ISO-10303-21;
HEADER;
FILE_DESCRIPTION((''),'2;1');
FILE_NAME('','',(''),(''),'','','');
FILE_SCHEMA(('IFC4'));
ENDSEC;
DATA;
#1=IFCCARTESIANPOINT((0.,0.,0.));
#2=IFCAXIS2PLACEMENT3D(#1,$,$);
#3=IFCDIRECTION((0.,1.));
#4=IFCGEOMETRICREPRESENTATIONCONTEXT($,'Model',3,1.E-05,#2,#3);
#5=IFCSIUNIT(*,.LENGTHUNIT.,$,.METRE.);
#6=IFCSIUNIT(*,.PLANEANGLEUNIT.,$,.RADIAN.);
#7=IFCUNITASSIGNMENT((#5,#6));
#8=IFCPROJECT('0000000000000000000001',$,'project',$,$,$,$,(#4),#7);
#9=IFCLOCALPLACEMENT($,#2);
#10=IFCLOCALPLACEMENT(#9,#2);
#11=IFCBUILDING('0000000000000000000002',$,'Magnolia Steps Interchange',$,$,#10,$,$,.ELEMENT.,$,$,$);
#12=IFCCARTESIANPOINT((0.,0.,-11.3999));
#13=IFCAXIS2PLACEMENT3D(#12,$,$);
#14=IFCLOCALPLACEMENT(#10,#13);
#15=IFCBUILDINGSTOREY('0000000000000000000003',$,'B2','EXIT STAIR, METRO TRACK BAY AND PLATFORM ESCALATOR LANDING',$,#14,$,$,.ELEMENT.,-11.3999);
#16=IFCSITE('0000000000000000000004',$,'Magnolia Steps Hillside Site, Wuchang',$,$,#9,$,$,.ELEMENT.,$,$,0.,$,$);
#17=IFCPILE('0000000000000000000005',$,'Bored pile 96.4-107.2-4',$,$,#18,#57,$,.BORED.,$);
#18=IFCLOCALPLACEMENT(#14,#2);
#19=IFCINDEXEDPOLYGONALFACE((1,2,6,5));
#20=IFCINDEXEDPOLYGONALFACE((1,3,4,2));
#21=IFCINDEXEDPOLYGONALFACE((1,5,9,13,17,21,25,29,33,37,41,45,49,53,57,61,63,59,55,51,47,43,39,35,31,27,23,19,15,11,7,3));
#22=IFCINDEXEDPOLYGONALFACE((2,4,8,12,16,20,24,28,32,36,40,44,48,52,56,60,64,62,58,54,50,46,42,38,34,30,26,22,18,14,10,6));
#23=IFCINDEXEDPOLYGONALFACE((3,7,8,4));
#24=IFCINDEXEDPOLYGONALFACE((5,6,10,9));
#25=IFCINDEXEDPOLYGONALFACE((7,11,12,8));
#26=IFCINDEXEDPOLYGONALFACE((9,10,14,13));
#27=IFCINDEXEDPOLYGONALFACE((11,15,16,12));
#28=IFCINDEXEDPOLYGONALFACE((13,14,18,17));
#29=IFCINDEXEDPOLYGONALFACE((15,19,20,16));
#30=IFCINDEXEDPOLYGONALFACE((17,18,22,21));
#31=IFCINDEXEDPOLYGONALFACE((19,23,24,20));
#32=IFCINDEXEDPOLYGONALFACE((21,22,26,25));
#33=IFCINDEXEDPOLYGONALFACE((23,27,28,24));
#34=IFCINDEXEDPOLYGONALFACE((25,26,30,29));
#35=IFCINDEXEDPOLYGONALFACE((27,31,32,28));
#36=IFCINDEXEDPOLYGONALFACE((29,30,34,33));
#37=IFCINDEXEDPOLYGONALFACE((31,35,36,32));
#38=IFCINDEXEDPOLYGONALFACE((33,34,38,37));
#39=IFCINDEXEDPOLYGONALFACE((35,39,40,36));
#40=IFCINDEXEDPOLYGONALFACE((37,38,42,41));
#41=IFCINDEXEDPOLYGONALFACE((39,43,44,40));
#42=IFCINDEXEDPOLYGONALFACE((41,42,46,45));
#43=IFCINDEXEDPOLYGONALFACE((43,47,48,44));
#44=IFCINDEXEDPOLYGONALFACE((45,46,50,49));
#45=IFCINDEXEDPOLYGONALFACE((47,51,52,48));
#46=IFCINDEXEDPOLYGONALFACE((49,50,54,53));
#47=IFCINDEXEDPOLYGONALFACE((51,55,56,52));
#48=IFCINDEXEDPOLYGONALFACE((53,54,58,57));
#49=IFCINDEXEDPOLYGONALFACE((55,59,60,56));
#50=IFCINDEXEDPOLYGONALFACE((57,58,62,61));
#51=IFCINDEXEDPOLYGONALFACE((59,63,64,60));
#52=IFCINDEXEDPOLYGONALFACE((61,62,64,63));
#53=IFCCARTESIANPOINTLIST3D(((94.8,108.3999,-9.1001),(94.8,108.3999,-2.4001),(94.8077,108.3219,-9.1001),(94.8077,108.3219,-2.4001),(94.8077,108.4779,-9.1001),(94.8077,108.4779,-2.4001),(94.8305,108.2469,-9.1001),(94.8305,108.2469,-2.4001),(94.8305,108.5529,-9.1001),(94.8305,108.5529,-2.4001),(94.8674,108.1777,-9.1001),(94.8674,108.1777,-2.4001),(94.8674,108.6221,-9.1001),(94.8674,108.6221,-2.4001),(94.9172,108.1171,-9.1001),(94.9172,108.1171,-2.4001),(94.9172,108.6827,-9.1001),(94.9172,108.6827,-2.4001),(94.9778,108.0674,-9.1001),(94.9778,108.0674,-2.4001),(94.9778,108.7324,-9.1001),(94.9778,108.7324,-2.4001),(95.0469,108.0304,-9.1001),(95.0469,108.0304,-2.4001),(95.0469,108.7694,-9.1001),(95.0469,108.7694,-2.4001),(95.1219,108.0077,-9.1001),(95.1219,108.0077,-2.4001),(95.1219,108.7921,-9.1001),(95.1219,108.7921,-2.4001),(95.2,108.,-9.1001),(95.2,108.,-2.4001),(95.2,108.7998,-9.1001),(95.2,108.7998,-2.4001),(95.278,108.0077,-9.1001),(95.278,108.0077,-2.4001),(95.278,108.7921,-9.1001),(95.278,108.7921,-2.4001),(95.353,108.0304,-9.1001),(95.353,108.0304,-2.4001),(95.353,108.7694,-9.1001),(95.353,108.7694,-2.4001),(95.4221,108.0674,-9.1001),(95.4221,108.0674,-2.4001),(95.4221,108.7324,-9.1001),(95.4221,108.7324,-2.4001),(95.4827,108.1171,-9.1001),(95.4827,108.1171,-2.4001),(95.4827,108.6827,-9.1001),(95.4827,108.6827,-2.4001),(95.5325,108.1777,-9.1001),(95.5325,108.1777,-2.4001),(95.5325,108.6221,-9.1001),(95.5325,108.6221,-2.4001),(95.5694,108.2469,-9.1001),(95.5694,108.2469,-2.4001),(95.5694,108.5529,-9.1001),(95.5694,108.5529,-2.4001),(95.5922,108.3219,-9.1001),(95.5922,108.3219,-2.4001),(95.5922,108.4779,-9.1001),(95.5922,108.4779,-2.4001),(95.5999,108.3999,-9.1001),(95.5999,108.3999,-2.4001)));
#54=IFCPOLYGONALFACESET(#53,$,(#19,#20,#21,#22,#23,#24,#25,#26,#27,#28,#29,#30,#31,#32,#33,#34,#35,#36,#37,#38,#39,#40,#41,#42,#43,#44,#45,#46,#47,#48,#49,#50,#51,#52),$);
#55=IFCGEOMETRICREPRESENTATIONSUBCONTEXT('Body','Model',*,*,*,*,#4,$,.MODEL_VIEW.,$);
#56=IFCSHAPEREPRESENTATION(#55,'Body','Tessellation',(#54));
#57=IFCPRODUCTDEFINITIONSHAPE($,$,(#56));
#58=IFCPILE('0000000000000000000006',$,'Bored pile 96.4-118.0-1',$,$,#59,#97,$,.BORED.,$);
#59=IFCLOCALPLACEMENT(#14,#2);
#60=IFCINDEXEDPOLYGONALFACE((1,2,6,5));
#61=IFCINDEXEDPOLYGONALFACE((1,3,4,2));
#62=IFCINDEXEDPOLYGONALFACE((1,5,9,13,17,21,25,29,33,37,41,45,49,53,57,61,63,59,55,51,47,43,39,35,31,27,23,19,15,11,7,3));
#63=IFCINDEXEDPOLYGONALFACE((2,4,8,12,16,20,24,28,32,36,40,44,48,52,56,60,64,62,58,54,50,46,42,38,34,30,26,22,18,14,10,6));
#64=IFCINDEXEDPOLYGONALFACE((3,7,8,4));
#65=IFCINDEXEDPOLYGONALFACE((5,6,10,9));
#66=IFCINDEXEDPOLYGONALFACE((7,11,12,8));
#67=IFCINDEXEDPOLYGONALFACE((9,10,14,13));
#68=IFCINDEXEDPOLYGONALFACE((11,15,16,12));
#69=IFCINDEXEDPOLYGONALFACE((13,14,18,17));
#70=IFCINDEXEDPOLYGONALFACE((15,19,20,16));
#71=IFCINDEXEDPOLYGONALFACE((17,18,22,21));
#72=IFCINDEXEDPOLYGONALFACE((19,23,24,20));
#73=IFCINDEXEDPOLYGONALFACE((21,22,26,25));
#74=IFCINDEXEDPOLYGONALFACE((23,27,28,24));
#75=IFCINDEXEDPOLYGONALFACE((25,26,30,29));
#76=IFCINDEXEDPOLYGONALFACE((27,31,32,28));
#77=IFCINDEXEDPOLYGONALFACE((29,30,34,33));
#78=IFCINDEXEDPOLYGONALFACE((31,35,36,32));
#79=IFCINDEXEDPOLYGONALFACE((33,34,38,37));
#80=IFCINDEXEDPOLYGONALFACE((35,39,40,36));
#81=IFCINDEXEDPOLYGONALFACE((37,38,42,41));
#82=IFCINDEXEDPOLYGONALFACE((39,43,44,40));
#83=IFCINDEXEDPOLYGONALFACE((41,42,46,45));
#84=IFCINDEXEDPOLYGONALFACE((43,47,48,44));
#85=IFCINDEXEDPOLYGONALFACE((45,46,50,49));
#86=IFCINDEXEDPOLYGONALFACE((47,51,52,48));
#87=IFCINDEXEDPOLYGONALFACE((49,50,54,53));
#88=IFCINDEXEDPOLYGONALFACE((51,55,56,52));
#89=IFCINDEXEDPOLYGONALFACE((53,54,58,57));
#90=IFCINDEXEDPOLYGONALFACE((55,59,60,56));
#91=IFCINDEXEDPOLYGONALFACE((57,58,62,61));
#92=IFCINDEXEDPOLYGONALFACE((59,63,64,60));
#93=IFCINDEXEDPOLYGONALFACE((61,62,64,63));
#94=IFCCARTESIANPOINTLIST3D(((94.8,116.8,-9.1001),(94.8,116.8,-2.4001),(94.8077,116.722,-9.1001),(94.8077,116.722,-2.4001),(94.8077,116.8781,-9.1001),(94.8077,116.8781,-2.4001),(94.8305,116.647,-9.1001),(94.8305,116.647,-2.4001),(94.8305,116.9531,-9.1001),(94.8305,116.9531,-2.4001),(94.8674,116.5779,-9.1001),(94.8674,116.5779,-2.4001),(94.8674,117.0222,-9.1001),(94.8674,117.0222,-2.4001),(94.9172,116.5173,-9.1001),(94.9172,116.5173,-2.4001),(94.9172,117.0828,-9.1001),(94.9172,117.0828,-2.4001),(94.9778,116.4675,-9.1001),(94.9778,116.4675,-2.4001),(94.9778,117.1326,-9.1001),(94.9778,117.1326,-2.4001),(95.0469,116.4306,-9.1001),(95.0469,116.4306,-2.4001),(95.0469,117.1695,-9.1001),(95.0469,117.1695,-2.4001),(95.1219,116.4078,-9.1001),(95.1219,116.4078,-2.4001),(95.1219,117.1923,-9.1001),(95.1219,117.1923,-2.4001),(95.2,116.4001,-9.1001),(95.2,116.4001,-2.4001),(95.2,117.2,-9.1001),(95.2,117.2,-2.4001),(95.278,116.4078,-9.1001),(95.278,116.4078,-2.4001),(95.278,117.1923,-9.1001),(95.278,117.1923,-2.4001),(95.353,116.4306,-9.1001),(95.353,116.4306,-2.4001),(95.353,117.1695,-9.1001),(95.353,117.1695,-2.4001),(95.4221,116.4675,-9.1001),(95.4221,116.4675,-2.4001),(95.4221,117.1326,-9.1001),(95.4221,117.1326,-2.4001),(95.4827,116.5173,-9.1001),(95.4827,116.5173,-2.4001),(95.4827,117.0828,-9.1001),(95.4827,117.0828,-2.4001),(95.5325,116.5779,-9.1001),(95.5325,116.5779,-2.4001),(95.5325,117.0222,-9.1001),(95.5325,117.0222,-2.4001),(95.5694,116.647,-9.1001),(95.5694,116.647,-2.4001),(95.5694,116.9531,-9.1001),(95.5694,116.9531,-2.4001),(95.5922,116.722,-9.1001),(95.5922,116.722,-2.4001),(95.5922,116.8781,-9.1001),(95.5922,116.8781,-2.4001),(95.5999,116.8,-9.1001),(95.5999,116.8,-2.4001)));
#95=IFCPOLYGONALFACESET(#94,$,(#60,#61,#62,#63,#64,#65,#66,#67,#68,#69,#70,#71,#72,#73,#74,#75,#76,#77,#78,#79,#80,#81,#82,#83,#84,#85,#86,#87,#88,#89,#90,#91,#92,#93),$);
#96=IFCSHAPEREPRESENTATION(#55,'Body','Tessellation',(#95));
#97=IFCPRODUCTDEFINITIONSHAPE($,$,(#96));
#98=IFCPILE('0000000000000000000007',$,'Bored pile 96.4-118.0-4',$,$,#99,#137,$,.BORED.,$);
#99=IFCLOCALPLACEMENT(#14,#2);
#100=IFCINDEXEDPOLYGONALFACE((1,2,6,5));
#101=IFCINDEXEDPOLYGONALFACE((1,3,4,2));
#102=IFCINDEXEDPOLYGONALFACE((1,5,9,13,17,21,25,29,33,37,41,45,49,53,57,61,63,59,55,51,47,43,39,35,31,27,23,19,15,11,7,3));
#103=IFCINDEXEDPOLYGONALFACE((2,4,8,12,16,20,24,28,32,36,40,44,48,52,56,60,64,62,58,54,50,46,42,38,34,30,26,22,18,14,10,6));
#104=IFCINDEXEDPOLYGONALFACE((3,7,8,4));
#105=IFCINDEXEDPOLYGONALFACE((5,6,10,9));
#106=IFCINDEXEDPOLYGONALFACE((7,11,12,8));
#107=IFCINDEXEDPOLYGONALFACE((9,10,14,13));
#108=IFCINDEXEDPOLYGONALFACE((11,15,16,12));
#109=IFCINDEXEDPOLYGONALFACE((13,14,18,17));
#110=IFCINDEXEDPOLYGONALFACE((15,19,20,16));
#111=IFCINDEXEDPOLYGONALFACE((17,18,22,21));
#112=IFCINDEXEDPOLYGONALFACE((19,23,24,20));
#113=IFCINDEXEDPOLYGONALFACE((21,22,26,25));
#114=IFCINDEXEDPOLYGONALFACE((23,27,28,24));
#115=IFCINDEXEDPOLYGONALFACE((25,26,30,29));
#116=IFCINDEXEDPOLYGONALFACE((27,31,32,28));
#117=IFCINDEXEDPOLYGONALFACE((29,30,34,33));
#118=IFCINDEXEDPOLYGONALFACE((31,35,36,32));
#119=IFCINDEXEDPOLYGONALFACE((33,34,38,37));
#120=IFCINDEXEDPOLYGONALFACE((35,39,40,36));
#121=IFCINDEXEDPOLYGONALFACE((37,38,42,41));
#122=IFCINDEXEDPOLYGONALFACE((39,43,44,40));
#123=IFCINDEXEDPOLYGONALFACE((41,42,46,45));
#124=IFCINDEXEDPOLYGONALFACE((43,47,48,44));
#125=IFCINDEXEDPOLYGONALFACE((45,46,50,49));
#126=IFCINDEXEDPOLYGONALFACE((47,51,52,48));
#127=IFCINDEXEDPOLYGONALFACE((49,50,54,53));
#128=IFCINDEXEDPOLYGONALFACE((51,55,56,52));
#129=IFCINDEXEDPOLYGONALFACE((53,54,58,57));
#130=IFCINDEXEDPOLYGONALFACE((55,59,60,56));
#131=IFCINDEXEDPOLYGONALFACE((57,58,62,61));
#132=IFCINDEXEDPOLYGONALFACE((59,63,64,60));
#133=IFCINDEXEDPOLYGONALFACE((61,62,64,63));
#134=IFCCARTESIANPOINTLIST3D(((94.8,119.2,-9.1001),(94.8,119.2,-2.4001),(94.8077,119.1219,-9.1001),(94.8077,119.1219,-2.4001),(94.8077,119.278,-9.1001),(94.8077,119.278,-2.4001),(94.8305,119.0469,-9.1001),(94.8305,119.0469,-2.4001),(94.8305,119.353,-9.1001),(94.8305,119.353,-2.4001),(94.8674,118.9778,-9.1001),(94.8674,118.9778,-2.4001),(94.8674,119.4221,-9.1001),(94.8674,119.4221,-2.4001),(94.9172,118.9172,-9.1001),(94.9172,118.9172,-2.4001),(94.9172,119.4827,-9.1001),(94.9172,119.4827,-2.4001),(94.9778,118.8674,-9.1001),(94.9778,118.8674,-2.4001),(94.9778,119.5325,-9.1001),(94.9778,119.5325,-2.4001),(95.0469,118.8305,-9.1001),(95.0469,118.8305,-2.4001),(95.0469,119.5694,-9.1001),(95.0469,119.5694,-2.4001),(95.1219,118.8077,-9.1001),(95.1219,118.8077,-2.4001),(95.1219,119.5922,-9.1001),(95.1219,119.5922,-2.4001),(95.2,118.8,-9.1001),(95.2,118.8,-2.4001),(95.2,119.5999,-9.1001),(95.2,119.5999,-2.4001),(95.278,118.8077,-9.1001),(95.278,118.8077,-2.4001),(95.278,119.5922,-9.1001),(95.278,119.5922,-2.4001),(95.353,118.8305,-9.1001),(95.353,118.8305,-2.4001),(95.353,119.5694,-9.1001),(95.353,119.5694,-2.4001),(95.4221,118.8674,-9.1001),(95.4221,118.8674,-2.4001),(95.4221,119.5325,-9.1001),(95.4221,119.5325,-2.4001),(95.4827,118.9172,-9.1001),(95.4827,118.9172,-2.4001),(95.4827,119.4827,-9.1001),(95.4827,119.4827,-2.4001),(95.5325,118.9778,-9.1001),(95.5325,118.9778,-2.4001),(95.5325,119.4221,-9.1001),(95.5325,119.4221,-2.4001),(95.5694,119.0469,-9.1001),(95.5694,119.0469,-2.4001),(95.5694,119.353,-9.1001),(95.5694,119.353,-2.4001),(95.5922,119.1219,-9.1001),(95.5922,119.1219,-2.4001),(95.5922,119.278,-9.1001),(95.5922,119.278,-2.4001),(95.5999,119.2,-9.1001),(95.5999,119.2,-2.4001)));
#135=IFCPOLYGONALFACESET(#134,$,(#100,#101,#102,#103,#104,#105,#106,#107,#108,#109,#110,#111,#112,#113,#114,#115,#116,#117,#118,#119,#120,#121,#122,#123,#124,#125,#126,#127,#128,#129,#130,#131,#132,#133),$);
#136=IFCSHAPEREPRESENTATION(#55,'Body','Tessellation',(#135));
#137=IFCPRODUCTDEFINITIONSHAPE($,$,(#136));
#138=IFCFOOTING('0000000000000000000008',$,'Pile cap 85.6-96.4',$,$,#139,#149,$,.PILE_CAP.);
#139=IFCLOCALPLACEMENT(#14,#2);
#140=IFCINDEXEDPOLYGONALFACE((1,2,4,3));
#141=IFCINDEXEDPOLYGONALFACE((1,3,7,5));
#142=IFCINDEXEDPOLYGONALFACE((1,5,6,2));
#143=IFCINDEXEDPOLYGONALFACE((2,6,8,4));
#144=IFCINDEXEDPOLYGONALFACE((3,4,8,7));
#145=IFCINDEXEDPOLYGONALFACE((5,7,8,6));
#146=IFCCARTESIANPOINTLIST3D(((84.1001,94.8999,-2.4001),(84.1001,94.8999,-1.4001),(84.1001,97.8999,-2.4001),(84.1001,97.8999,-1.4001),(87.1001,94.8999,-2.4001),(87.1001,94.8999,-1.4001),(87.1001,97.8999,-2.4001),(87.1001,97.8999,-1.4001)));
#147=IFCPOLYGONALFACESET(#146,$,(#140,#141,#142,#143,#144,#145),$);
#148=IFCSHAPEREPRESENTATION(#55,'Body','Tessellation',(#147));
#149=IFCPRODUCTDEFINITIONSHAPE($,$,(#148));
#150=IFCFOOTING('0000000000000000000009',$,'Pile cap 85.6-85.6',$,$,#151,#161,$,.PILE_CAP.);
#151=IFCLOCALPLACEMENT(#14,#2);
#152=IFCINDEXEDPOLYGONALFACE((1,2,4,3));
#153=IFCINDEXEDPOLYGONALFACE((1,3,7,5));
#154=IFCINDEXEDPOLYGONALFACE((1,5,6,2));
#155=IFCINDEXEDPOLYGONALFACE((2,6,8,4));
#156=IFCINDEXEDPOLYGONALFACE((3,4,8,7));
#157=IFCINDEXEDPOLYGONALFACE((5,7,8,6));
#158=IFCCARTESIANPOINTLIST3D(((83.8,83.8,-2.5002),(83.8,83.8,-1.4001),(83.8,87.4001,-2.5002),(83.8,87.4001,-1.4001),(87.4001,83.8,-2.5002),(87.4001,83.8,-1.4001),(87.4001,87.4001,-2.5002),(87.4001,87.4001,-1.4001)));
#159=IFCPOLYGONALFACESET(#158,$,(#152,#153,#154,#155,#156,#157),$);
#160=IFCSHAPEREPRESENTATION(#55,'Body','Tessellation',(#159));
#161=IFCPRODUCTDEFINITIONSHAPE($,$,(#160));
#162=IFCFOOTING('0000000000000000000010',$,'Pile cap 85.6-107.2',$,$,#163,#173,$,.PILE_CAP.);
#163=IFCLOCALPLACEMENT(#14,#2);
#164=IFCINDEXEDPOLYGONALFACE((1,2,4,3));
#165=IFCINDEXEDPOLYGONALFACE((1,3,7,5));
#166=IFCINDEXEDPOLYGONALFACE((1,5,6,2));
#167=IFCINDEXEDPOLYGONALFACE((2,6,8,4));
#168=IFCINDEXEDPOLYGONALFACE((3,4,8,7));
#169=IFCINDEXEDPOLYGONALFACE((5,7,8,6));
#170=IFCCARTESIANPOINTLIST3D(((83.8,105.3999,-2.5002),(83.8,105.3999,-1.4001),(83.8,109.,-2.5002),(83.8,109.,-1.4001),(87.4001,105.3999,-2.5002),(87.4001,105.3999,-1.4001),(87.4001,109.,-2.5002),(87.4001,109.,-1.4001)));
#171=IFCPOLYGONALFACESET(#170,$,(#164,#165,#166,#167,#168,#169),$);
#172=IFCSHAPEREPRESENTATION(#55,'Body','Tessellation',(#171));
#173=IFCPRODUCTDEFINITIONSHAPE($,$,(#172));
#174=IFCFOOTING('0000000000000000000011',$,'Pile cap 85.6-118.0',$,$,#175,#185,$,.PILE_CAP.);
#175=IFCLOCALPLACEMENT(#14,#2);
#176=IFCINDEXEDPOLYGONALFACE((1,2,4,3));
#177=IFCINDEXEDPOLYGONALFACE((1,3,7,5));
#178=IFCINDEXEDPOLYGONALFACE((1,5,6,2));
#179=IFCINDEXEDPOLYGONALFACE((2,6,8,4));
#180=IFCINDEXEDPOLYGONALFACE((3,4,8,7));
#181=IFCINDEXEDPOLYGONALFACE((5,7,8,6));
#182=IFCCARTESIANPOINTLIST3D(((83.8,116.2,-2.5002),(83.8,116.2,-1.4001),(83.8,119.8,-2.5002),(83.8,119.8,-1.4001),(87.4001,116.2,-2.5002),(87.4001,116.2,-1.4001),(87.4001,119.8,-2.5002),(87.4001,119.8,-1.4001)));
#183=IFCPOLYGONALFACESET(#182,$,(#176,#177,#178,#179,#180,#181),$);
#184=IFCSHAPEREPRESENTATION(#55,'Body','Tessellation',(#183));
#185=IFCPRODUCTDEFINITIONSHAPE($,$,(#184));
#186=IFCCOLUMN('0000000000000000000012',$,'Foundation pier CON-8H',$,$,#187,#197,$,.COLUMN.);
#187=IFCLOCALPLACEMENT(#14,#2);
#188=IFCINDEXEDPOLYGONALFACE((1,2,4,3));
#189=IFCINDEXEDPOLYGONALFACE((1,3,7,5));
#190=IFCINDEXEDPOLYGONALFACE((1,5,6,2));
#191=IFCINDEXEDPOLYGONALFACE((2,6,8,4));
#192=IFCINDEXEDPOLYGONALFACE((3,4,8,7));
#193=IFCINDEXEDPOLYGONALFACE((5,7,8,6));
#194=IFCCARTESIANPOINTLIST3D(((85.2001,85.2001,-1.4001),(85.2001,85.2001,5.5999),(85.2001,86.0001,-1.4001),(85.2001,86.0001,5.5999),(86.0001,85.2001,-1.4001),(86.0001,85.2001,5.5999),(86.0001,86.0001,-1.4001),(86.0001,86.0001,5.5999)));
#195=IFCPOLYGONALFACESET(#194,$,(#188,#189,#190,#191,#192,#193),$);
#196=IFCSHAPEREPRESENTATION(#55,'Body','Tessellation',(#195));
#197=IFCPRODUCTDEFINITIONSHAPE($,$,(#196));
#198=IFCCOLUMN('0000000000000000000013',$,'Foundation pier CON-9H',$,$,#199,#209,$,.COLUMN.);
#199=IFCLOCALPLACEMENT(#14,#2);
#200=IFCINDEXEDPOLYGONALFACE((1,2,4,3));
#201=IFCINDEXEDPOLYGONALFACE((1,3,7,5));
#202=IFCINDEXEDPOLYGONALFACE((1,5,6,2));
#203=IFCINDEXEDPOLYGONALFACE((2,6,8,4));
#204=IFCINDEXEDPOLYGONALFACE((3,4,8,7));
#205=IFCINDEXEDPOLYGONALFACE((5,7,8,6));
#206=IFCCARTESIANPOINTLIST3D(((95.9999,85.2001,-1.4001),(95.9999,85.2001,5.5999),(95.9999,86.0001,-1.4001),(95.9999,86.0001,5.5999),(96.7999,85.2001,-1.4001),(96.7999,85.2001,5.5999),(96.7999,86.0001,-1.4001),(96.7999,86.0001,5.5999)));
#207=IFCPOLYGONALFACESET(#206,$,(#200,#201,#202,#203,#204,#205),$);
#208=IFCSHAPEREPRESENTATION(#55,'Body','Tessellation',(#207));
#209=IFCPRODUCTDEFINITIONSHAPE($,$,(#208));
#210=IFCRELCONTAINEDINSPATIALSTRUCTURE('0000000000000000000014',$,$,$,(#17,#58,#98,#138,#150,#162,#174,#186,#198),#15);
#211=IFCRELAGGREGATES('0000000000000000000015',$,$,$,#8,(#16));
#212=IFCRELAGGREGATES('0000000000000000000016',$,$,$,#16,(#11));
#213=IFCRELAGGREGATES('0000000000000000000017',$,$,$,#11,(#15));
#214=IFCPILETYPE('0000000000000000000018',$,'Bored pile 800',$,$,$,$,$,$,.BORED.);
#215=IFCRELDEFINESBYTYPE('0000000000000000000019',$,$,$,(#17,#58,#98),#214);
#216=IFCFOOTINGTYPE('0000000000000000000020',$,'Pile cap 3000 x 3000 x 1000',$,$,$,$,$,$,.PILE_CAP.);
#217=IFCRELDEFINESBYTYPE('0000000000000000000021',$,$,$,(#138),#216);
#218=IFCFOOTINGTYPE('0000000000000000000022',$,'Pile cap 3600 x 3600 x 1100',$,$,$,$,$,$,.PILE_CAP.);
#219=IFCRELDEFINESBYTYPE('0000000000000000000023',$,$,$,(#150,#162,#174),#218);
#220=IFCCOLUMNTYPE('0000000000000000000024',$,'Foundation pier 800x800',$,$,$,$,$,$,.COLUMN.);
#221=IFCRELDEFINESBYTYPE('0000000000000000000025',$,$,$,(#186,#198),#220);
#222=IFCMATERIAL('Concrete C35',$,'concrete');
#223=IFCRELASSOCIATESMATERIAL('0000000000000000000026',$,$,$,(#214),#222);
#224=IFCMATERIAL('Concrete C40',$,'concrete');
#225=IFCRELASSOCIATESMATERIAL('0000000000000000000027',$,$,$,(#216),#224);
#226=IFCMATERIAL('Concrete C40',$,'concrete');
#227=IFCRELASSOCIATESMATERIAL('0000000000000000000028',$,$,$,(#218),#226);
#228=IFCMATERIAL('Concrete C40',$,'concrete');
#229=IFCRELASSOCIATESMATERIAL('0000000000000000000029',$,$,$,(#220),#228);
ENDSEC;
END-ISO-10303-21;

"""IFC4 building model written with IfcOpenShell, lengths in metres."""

from ifc_helpers import new_model, si_unit, direction, frame, origin, origin_2d, place, context, subcontext, project, spatial, rectangle, circle, extrude, material, material_profile, profile_set, type_object, element, save


model = new_model("IFC4")

# Units and contexts
model_context = context("Model", 3, precision=1e-05, world=origin(), true_north=direction((0.0, 1.0)))
body_context = subcontext(model_context, "Body", "Model", "MODEL_VIEW")
ifc_project = project(units=[si_unit("LENGTHUNIT", "METRE"), si_unit("PLANEANGLEUNIT", "RADIAN")], contexts=[model_context])

# Site, building, storey
site_placement = place(None, origin())
site = spatial("IfcSite", under=ifc_project, at=site_placement, Name="Magnolia Steps Hillside Site, Wuchang", CompositionType="ELEMENT", RefElevation=0.0)
building_placement = place(site_placement, origin())
building = spatial("IfcBuilding", under=site, at=building_placement, Name="Magnolia Steps Interchange", CompositionType="ELEMENT")
storey_placement = place(building_placement, frame((0.0, 0.0, -11.3999)))
storey = spatial("IfcBuildingStorey", under=building, at=storey_placement, Name="B2", Description="EXIT STAIR, METRO TRACK BAY AND PLATFORM ESCALATOR LANDING", CompositionType="ELEMENT", Elevation=-11.3999)

# Piles
ifc_material_1 = material(Name="Concrete C35", Category="concrete")
ifc_material_profile_1 = material_profile(ifc_material_1, circle(Radius=0.3999, at=origin_2d()), Name="Bored pile 800")
ifc_profile_set_1 = profile_set([ifc_material_profile_1], Name="Concrete C35")
pile_type_1 = type_object("IfcPileType", Name="Bored pile 800", PredefinedType="BORED", material=ifc_profile_set_1)
for number, where, z_axis, x_axis, name in (
    (1, (95.2, 108.3999, -2.4001), (0.0, 0.0, -1.0), (1.0, 0.0, 0.0), "Bored pile 96.4-107.2-4"),
    (2, (95.2, 116.8, -2.4001), (0.0, 0.0, -1.0), (1.0, 0.0, 0.0), "Bored pile 96.4-118.0-1"),
    (3, (95.2, 119.2, -2.4001), (0.0, 0.0, -1.0), (1.0, 0.0, 0.0), "Bored pile 96.4-118.0-4"),
):
    element("IfcPile", number, at=place(storey_placement, frame(where, z_axis=z_axis, x_axis=x_axis)), inside=storey, type_object=pile_type_1, Name=name, PredefinedType="BORED", context=body_context, shape_type="SweptSolid", body=[
        extrude(circle(Radius=0.3999, at=origin_2d()), origin(), (0.0, 0.0, 1.0), 6.7),
    ])

# Footings
ifc_material_2 = material(Name="Concrete C40", Category="concrete")
footing_type_1 = type_object("IfcFootingType", Name="Pile cap 3000 x 3000 x 1000", PredefinedType="PILE_CAP", material=ifc_material_2)
footing_placement = place(storey_placement, frame((85.6001, 96.3999, -2.4001), z_axis=(0.0, 0.0, 1.0), x_axis=(1.0, 0.0, 0.0)))
element("IfcFooting", 4, at=footing_placement, inside=storey, type_object=footing_type_1, Name="Pile cap 85.6-96.4", PredefinedType="PILE_CAP", context=body_context, shape_type="SweptSolid", body=[
    extrude(rectangle(XDim=3.0, YDim=3.0, at=origin_2d()), origin(), (0.0, 0.0, 1.0), 1.0),
])
ifc_material_3 = material(Name="Concrete C40", Category="concrete")
footing_type_2 = type_object("IfcFootingType", Name="Pile cap 3600 x 3600 x 1100", PredefinedType="PILE_CAP", material=ifc_material_3)
for number, where, z_axis, x_axis, name in (
    (5, (85.6001, 85.6001, -2.5002), (0.0, 0.0, 1.0), (1.0, 0.0, 0.0), "Pile cap 85.6-85.6"),
    (6, (85.6001, 107.2, -2.5002), (0.0, 0.0, 1.0), (1.0, 0.0, 0.0), "Pile cap 85.6-107.2"),
    (7, (85.6001, 118.0, -2.5002), (0.0, 0.0, 1.0), (1.0, 0.0, 0.0), "Pile cap 85.6-118.0"),
):
    element("IfcFooting", number, at=place(storey_placement, frame(where, z_axis=z_axis, x_axis=x_axis)), inside=storey, type_object=footing_type_2, Name=name, PredefinedType="PILE_CAP", context=body_context, shape_type="SweptSolid", body=[
        extrude(rectangle(XDim=3.6001, YDim=3.6001, at=origin_2d()), origin(), (0.0, 0.0, 1.0), 1.1001),
    ])

# Columns
ifc_material_4 = material(Name="Concrete C40", Category="concrete")
ifc_material_profile_2 = material_profile(ifc_material_4, rectangle(XDim=0.8, YDim=0.8, at=origin_2d()), Name="RC800x800")
ifc_profile_set_2 = profile_set([ifc_material_profile_2], Name="Concrete C40")
column_type = type_object("IfcColumnType", Name="Foundation pier 800x800", PredefinedType="COLUMN", material=ifc_profile_set_2)
for number, where, z_axis, x_axis, name in (
    (8, (85.6001, 85.6001, -1.4001), (0.0, 0.0, 1.0), (1.0, 0.0, 0.0), "Foundation pier CON-8H"),
    (9, (96.3999, 85.6001, -1.4001), (0.0, 0.0, 1.0), (1.0, 0.0, 0.0), "Foundation pier CON-9H"),
):
    element("IfcColumn", number, at=place(storey_placement, frame(where, z_axis=z_axis, x_axis=x_axis)), inside=storey, type_object=column_type, Name=name, PredefinedType="COLUMN", context=body_context, shape_type="SweptSolid", body=[
        extrude(rectangle(XDim=0.8, YDim=0.8, at=origin_2d()), origin(), (0.0, 0.0, 1.0), 7.0),
    ])

save(model, "model.ifc")
